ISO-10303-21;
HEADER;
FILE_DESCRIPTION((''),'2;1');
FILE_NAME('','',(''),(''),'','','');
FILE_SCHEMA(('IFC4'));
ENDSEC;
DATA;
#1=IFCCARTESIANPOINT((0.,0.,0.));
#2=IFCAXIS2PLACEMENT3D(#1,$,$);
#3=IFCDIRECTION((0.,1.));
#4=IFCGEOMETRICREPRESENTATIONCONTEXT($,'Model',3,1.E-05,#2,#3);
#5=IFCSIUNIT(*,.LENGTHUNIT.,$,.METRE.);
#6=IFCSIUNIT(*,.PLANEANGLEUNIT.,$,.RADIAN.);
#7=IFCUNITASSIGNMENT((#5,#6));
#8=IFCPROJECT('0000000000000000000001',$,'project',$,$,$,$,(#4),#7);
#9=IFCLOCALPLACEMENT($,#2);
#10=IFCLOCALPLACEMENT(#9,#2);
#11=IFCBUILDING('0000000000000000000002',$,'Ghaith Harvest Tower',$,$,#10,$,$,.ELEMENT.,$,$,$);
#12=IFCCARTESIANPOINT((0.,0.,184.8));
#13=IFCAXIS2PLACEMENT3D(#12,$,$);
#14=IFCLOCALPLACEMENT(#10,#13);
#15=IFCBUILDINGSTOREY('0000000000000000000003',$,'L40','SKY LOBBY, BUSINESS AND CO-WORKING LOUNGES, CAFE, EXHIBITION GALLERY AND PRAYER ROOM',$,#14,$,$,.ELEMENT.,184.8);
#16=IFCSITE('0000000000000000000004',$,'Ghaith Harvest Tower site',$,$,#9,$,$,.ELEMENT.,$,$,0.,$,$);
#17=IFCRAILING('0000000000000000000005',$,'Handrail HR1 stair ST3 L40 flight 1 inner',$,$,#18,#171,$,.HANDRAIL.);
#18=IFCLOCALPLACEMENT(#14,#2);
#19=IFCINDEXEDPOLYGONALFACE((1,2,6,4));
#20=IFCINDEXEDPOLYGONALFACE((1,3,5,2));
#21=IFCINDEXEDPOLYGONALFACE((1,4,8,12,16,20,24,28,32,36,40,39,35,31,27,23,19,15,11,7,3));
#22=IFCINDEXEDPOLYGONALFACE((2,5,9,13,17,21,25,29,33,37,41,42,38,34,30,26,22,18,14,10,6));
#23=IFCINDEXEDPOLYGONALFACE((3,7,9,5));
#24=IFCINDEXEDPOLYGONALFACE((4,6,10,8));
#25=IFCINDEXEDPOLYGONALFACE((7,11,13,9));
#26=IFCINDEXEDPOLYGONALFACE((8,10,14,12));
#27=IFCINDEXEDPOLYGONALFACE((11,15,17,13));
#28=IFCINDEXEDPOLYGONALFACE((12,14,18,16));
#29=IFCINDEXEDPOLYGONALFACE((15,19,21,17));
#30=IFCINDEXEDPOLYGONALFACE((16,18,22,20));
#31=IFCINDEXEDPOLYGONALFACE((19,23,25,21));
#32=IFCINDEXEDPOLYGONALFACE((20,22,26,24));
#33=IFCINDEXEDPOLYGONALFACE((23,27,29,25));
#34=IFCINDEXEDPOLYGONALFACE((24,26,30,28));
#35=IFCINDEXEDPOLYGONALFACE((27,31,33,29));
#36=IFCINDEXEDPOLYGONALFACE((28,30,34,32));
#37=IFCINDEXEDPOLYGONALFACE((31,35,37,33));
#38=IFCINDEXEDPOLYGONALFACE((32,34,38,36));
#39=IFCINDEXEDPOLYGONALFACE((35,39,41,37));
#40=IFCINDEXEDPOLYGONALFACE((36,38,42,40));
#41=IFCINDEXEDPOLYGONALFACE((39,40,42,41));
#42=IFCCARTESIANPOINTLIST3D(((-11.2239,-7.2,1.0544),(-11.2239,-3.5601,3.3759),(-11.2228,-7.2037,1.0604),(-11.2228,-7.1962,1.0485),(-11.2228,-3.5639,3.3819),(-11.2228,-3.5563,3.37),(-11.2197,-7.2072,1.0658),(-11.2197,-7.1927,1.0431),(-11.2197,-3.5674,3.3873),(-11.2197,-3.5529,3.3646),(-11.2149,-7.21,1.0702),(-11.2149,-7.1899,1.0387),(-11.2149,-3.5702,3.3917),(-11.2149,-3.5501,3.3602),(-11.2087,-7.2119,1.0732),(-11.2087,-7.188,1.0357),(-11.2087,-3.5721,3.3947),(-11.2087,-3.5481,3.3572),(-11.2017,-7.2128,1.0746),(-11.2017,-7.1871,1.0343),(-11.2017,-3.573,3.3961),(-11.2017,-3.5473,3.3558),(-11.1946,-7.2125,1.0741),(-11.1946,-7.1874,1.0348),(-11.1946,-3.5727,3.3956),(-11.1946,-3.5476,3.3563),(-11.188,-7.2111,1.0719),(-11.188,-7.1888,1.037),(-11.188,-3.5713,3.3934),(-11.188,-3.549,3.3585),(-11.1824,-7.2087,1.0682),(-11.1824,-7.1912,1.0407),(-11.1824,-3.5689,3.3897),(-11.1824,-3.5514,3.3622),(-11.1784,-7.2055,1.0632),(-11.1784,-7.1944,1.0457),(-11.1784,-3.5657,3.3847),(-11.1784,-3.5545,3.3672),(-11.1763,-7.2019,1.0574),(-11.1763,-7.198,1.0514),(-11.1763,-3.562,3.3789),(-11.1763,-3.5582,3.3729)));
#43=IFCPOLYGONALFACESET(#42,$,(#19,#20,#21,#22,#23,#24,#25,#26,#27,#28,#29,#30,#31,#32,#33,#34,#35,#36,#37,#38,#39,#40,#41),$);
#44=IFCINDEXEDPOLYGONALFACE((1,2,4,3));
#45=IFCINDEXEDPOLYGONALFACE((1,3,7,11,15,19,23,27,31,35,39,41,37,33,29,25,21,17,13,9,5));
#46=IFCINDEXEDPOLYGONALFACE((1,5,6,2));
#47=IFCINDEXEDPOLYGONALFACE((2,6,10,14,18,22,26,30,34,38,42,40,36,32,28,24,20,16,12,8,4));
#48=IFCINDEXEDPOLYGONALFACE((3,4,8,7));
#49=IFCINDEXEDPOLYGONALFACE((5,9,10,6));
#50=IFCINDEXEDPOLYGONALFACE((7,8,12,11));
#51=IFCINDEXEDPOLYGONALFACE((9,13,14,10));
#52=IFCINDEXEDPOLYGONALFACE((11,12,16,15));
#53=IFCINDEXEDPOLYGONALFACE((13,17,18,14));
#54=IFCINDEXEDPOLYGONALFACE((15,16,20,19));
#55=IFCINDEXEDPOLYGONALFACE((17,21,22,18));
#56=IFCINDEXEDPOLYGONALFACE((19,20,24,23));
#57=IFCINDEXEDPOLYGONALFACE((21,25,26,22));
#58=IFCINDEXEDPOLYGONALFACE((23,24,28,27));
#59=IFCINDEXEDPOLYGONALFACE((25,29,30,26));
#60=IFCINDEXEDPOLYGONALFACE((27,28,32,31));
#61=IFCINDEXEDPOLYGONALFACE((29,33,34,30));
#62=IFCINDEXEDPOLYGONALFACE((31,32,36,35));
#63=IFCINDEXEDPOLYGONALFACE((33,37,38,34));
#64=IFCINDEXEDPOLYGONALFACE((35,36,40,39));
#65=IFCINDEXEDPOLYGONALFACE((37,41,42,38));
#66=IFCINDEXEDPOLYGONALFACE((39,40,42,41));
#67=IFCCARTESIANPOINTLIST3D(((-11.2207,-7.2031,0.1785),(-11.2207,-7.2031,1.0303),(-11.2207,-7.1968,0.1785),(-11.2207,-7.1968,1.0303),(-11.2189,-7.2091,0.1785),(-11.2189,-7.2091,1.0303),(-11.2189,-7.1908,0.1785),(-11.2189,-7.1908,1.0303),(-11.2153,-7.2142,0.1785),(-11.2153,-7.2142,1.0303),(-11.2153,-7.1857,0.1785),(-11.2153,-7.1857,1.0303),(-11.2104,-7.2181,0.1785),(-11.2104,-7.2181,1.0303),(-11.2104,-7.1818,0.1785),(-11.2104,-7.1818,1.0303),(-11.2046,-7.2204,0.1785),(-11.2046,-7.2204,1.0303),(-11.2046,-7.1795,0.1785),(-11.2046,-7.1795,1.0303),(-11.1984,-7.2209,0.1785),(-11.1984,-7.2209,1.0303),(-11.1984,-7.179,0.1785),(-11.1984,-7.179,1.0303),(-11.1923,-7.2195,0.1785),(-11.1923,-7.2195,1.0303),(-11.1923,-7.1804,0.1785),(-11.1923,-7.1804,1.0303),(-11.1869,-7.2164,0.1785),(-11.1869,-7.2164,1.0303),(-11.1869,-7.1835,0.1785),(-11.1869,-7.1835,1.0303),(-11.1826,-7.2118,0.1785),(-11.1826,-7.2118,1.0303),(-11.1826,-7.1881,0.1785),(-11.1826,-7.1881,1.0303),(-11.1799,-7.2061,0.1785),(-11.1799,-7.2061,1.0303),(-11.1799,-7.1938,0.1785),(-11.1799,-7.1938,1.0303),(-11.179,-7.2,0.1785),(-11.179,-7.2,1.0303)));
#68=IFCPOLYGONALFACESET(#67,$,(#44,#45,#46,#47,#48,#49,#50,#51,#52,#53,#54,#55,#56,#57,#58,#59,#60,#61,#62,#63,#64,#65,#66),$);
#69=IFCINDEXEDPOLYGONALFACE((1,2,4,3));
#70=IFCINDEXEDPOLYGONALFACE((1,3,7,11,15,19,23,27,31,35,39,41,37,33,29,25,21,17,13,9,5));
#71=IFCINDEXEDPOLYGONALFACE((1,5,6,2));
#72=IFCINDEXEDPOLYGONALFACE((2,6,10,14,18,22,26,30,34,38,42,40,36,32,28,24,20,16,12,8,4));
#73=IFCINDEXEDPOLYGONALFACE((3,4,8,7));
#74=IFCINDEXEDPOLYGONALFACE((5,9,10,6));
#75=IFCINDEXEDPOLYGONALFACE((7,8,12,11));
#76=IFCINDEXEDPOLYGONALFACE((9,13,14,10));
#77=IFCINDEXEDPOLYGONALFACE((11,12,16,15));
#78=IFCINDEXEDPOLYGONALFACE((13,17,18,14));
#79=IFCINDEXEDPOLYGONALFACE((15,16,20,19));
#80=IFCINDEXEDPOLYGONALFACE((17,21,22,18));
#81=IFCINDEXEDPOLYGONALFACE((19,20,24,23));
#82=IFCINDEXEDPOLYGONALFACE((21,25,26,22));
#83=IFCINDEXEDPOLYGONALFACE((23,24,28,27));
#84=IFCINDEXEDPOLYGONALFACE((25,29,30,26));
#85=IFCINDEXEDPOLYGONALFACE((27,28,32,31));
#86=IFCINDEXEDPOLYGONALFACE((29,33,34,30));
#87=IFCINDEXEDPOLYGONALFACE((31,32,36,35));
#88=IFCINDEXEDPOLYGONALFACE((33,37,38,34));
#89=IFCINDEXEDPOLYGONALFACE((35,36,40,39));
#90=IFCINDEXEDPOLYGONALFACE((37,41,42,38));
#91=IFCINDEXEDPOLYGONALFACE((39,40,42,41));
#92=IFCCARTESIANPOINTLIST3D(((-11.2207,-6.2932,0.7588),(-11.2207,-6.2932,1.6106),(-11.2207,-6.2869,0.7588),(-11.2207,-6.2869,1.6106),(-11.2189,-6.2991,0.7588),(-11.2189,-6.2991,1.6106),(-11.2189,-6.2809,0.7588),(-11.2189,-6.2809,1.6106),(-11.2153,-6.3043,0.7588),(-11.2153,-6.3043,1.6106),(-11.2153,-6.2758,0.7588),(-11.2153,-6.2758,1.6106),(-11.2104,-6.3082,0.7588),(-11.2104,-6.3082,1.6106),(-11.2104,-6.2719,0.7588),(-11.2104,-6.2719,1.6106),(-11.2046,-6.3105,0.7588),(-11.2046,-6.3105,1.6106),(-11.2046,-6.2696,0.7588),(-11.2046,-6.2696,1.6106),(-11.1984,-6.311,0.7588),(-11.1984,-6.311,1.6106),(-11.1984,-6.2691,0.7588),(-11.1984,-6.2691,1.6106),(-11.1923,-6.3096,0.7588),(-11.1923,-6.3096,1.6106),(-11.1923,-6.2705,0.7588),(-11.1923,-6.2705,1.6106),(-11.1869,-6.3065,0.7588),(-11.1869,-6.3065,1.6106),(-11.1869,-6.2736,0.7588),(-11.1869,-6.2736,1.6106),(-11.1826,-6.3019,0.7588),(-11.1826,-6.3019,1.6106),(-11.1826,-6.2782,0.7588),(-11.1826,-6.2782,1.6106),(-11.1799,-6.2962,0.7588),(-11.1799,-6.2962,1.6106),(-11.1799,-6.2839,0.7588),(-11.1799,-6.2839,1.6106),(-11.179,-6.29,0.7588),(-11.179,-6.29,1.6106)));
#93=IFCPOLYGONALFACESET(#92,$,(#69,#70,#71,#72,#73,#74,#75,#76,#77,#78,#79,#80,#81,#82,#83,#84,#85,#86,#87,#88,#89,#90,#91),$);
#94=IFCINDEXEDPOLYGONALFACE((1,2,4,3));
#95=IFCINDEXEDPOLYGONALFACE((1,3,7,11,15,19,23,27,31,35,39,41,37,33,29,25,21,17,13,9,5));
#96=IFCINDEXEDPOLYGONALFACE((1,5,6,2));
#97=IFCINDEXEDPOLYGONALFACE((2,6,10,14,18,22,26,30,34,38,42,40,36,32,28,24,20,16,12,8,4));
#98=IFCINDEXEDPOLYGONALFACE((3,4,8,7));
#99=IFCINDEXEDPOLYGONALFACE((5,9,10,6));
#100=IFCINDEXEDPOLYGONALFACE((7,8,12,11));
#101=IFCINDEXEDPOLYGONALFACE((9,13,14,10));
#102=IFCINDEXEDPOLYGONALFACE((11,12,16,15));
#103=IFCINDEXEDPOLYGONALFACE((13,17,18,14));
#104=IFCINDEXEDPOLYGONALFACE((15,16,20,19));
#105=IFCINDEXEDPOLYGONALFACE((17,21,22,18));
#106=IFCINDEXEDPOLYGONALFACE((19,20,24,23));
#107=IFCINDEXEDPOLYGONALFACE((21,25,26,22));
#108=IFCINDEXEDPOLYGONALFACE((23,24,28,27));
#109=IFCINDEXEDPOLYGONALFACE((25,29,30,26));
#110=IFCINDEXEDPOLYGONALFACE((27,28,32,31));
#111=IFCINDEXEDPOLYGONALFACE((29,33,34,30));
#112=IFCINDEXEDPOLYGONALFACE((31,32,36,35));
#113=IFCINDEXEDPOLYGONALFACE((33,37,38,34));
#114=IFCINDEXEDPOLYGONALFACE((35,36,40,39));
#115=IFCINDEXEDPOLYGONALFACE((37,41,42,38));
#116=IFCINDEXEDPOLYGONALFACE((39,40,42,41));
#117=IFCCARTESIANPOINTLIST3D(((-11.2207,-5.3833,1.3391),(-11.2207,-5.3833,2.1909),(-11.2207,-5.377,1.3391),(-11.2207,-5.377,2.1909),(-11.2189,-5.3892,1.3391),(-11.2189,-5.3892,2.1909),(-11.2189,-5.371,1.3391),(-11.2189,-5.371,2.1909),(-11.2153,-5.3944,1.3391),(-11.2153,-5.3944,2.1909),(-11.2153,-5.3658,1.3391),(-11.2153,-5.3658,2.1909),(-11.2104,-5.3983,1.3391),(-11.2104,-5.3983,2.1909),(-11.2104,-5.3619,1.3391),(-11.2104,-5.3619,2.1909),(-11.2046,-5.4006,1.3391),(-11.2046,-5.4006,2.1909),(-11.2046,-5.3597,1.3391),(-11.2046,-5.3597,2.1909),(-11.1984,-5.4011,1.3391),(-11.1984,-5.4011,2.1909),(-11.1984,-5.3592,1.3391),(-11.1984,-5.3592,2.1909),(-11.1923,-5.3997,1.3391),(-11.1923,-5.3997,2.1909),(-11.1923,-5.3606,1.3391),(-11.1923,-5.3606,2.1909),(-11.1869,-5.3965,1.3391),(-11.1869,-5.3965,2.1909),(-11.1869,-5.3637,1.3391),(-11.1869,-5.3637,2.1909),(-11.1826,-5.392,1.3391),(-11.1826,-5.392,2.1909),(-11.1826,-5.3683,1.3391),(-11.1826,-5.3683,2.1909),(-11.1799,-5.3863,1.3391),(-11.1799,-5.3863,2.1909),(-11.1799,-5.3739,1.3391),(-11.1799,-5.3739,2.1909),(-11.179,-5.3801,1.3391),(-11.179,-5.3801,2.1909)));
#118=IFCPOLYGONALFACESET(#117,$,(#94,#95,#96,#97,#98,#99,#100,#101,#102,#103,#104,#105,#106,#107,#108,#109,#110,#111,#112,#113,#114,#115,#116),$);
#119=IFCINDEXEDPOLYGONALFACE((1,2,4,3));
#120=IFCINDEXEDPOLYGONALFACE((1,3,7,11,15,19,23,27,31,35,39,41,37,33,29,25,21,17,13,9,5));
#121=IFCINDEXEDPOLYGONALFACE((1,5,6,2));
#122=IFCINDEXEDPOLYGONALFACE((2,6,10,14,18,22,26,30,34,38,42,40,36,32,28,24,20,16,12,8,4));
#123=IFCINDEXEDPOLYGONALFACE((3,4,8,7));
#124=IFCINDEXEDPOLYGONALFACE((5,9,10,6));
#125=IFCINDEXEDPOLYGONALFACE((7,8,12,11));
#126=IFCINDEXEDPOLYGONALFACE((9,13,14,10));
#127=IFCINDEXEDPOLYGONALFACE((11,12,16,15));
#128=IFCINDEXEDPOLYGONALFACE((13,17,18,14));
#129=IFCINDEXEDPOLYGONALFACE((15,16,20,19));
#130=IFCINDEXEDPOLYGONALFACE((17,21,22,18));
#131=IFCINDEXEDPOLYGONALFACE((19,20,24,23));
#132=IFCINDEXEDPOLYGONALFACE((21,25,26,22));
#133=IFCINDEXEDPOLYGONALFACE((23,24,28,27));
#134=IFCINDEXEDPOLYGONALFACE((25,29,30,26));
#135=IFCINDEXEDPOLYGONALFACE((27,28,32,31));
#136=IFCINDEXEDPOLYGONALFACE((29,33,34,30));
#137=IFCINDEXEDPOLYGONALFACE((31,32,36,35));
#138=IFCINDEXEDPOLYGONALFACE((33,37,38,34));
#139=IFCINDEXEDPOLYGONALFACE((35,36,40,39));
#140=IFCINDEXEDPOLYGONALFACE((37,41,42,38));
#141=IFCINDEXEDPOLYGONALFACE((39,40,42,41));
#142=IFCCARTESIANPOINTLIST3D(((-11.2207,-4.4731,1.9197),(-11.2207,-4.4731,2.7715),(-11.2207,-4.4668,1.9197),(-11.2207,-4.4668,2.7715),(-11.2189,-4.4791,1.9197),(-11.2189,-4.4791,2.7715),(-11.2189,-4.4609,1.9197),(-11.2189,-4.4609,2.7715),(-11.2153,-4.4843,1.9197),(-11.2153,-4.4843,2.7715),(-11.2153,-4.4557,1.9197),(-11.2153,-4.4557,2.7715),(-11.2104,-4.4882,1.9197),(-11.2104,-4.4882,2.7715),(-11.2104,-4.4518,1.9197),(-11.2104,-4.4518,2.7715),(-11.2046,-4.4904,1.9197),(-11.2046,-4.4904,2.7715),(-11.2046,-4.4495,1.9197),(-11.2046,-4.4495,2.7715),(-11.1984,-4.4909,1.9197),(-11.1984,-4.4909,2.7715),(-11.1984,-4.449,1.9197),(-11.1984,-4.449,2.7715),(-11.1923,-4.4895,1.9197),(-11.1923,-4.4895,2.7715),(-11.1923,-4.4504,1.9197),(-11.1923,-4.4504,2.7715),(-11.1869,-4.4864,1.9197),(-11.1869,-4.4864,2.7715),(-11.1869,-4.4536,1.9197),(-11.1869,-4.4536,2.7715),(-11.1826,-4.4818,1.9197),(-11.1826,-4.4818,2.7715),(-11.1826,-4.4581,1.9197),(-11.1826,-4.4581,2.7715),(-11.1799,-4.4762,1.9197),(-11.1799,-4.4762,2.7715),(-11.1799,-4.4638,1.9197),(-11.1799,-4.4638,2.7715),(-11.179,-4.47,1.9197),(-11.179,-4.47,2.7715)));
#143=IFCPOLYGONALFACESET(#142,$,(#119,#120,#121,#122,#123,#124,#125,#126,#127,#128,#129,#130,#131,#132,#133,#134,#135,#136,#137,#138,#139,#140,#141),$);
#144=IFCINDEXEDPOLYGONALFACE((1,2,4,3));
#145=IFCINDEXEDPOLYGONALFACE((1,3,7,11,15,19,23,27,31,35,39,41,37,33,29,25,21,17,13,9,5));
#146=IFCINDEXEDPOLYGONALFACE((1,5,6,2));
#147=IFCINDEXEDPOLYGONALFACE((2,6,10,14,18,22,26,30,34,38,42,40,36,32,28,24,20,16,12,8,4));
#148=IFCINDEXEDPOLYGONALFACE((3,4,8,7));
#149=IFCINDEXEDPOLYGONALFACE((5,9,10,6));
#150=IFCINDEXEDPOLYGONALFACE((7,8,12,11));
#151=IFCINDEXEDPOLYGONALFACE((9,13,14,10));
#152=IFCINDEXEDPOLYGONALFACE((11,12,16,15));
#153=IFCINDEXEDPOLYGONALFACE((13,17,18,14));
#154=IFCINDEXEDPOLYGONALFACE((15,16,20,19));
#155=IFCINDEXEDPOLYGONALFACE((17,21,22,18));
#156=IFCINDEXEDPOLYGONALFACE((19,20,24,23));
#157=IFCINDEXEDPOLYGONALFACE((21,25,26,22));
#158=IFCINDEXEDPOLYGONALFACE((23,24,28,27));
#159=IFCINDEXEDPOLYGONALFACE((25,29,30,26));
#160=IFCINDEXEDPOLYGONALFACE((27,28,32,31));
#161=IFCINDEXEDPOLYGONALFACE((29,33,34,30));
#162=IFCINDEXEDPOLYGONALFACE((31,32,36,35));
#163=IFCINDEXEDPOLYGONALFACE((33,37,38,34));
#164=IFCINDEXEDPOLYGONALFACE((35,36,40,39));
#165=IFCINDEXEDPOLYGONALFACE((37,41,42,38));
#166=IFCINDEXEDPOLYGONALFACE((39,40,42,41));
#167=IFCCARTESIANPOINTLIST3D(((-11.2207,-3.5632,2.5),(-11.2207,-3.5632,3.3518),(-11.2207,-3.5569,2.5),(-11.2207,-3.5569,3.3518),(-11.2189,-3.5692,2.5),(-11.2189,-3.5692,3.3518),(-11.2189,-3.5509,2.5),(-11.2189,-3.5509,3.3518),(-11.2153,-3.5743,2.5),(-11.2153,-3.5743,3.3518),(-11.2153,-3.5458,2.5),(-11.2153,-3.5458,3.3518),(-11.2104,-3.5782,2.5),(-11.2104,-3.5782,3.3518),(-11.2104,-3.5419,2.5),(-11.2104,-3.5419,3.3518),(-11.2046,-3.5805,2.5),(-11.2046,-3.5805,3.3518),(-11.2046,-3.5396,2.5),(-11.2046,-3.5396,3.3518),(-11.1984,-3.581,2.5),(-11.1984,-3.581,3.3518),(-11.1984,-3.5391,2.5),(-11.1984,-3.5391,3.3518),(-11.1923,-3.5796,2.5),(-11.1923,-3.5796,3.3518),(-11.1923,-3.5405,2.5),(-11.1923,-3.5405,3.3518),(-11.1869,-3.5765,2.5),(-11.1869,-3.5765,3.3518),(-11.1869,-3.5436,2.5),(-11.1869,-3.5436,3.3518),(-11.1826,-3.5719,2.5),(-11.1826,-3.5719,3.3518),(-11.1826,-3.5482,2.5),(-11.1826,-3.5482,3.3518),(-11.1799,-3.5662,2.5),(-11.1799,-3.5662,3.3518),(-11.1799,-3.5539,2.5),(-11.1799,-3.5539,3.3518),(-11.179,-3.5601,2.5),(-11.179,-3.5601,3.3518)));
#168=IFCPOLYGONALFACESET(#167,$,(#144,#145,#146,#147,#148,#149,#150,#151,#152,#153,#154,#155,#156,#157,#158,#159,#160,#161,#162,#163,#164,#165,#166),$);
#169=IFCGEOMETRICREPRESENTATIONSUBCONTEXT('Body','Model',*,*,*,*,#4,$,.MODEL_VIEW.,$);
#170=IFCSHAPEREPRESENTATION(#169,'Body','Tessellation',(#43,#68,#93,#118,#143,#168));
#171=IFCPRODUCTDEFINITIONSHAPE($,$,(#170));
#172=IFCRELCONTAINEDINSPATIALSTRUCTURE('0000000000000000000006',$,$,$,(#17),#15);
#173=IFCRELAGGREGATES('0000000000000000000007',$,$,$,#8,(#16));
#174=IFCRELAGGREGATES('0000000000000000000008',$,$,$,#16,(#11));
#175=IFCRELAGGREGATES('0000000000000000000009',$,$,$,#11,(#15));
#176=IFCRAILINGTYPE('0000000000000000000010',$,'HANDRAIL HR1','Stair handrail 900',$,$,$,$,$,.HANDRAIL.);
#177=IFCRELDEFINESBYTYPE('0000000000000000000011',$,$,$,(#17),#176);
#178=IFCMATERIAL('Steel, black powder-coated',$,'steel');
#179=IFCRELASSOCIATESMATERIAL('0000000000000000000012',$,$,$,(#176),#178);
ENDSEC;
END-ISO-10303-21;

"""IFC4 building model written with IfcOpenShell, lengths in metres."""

from ifc_helpers import new_model, si_unit, direction, frame, origin, origin_2d, place, context, subcontext, project, spatial, circle, extrude, material, type_object, element, save


model = new_model("IFC4")

# Units and contexts
model_context = context("Model", 3, precision=1e-05, world=origin(), true_north=direction((0.0, 1.0)))
body_context = subcontext(model_context, "Body", "Model", "MODEL_VIEW")
ifc_project = project(units=[si_unit("LENGTHUNIT", "METRE"), si_unit("PLANEANGLEUNIT", "RADIAN")], contexts=[model_context])

# Site, building, storey
site_placement = place(None, origin())
site = spatial("IfcSite", under=ifc_project, at=site_placement, Name="Ghaith Harvest Tower site", CompositionType="ELEMENT", RefElevation=0.0)
building_placement = place(site_placement, origin())
building = spatial("IfcBuilding", under=site, at=building_placement, Name="Ghaith Harvest Tower", CompositionType="ELEMENT")
storey_placement = place(building_placement, frame((0.0, 0.0, 184.8)))
storey = spatial("IfcBuildingStorey", under=building, at=storey_placement, Name="L40", Description="SKY LOBBY, BUSINESS AND CO-WORKING LOUNGES, CAFE, EXHIBITION GALLERY AND PRAYER ROOM", CompositionType="ELEMENT", Elevation=184.8)

# Railing
ifc_material_1 = material(Name="Steel, black powder-coated", Category="steel")
railing_type = type_object("IfcRailingType", Name="HANDRAIL HR1", Description="Stair handrail 900", PredefinedType="HANDRAIL", material=ifc_material_1)
railing_1_placement = place(storey_placement, frame((-11.2, -7.2, 0.1785)))
element("IfcRailing", 1, at=railing_1_placement, inside=storey, type_object=railing_type, Name="Handrail HR1 stair ST3 L40 flight 1 inner", PredefinedType="HANDRAIL", context=body_context, shape_type="SweptSolid", body=[
    extrude(circle(Radius=0.0239, at=origin_2d()), frame((0.0, 0.0, 0.876), z_axis=(0.0, 0.843112, 0.537739), x_axis=(-1.0, 0.0, 0.0)), (0.0, 0.0, 1.0), 4.3171),
    extrude(circle(Radius=0.021, at=origin_2d()), origin(), (0.0, 0.0, 1.0), 0.8518),
    extrude(circle(Radius=0.021, at=origin_2d()), frame((0.0, 0.9099, 0.5803)), (0.0, 0.0, 1.0), 0.8518),
    extrude(circle(Radius=0.021, at=origin_2d()), frame((0.0, 1.8198, 1.1606)), (0.0, 0.0, 1.0), 0.8518),
    extrude(circle(Radius=0.021, at=origin_2d()), frame((0.0, 2.73, 1.7412)), (0.0, 0.0, 1.0), 0.8518),
    extrude(circle(Radius=0.021, at=origin_2d()), frame((0.0, 3.6399, 2.3215)), (0.0, 0.0, 1.0), 0.8518),
])

save(model, "model.ifc")
